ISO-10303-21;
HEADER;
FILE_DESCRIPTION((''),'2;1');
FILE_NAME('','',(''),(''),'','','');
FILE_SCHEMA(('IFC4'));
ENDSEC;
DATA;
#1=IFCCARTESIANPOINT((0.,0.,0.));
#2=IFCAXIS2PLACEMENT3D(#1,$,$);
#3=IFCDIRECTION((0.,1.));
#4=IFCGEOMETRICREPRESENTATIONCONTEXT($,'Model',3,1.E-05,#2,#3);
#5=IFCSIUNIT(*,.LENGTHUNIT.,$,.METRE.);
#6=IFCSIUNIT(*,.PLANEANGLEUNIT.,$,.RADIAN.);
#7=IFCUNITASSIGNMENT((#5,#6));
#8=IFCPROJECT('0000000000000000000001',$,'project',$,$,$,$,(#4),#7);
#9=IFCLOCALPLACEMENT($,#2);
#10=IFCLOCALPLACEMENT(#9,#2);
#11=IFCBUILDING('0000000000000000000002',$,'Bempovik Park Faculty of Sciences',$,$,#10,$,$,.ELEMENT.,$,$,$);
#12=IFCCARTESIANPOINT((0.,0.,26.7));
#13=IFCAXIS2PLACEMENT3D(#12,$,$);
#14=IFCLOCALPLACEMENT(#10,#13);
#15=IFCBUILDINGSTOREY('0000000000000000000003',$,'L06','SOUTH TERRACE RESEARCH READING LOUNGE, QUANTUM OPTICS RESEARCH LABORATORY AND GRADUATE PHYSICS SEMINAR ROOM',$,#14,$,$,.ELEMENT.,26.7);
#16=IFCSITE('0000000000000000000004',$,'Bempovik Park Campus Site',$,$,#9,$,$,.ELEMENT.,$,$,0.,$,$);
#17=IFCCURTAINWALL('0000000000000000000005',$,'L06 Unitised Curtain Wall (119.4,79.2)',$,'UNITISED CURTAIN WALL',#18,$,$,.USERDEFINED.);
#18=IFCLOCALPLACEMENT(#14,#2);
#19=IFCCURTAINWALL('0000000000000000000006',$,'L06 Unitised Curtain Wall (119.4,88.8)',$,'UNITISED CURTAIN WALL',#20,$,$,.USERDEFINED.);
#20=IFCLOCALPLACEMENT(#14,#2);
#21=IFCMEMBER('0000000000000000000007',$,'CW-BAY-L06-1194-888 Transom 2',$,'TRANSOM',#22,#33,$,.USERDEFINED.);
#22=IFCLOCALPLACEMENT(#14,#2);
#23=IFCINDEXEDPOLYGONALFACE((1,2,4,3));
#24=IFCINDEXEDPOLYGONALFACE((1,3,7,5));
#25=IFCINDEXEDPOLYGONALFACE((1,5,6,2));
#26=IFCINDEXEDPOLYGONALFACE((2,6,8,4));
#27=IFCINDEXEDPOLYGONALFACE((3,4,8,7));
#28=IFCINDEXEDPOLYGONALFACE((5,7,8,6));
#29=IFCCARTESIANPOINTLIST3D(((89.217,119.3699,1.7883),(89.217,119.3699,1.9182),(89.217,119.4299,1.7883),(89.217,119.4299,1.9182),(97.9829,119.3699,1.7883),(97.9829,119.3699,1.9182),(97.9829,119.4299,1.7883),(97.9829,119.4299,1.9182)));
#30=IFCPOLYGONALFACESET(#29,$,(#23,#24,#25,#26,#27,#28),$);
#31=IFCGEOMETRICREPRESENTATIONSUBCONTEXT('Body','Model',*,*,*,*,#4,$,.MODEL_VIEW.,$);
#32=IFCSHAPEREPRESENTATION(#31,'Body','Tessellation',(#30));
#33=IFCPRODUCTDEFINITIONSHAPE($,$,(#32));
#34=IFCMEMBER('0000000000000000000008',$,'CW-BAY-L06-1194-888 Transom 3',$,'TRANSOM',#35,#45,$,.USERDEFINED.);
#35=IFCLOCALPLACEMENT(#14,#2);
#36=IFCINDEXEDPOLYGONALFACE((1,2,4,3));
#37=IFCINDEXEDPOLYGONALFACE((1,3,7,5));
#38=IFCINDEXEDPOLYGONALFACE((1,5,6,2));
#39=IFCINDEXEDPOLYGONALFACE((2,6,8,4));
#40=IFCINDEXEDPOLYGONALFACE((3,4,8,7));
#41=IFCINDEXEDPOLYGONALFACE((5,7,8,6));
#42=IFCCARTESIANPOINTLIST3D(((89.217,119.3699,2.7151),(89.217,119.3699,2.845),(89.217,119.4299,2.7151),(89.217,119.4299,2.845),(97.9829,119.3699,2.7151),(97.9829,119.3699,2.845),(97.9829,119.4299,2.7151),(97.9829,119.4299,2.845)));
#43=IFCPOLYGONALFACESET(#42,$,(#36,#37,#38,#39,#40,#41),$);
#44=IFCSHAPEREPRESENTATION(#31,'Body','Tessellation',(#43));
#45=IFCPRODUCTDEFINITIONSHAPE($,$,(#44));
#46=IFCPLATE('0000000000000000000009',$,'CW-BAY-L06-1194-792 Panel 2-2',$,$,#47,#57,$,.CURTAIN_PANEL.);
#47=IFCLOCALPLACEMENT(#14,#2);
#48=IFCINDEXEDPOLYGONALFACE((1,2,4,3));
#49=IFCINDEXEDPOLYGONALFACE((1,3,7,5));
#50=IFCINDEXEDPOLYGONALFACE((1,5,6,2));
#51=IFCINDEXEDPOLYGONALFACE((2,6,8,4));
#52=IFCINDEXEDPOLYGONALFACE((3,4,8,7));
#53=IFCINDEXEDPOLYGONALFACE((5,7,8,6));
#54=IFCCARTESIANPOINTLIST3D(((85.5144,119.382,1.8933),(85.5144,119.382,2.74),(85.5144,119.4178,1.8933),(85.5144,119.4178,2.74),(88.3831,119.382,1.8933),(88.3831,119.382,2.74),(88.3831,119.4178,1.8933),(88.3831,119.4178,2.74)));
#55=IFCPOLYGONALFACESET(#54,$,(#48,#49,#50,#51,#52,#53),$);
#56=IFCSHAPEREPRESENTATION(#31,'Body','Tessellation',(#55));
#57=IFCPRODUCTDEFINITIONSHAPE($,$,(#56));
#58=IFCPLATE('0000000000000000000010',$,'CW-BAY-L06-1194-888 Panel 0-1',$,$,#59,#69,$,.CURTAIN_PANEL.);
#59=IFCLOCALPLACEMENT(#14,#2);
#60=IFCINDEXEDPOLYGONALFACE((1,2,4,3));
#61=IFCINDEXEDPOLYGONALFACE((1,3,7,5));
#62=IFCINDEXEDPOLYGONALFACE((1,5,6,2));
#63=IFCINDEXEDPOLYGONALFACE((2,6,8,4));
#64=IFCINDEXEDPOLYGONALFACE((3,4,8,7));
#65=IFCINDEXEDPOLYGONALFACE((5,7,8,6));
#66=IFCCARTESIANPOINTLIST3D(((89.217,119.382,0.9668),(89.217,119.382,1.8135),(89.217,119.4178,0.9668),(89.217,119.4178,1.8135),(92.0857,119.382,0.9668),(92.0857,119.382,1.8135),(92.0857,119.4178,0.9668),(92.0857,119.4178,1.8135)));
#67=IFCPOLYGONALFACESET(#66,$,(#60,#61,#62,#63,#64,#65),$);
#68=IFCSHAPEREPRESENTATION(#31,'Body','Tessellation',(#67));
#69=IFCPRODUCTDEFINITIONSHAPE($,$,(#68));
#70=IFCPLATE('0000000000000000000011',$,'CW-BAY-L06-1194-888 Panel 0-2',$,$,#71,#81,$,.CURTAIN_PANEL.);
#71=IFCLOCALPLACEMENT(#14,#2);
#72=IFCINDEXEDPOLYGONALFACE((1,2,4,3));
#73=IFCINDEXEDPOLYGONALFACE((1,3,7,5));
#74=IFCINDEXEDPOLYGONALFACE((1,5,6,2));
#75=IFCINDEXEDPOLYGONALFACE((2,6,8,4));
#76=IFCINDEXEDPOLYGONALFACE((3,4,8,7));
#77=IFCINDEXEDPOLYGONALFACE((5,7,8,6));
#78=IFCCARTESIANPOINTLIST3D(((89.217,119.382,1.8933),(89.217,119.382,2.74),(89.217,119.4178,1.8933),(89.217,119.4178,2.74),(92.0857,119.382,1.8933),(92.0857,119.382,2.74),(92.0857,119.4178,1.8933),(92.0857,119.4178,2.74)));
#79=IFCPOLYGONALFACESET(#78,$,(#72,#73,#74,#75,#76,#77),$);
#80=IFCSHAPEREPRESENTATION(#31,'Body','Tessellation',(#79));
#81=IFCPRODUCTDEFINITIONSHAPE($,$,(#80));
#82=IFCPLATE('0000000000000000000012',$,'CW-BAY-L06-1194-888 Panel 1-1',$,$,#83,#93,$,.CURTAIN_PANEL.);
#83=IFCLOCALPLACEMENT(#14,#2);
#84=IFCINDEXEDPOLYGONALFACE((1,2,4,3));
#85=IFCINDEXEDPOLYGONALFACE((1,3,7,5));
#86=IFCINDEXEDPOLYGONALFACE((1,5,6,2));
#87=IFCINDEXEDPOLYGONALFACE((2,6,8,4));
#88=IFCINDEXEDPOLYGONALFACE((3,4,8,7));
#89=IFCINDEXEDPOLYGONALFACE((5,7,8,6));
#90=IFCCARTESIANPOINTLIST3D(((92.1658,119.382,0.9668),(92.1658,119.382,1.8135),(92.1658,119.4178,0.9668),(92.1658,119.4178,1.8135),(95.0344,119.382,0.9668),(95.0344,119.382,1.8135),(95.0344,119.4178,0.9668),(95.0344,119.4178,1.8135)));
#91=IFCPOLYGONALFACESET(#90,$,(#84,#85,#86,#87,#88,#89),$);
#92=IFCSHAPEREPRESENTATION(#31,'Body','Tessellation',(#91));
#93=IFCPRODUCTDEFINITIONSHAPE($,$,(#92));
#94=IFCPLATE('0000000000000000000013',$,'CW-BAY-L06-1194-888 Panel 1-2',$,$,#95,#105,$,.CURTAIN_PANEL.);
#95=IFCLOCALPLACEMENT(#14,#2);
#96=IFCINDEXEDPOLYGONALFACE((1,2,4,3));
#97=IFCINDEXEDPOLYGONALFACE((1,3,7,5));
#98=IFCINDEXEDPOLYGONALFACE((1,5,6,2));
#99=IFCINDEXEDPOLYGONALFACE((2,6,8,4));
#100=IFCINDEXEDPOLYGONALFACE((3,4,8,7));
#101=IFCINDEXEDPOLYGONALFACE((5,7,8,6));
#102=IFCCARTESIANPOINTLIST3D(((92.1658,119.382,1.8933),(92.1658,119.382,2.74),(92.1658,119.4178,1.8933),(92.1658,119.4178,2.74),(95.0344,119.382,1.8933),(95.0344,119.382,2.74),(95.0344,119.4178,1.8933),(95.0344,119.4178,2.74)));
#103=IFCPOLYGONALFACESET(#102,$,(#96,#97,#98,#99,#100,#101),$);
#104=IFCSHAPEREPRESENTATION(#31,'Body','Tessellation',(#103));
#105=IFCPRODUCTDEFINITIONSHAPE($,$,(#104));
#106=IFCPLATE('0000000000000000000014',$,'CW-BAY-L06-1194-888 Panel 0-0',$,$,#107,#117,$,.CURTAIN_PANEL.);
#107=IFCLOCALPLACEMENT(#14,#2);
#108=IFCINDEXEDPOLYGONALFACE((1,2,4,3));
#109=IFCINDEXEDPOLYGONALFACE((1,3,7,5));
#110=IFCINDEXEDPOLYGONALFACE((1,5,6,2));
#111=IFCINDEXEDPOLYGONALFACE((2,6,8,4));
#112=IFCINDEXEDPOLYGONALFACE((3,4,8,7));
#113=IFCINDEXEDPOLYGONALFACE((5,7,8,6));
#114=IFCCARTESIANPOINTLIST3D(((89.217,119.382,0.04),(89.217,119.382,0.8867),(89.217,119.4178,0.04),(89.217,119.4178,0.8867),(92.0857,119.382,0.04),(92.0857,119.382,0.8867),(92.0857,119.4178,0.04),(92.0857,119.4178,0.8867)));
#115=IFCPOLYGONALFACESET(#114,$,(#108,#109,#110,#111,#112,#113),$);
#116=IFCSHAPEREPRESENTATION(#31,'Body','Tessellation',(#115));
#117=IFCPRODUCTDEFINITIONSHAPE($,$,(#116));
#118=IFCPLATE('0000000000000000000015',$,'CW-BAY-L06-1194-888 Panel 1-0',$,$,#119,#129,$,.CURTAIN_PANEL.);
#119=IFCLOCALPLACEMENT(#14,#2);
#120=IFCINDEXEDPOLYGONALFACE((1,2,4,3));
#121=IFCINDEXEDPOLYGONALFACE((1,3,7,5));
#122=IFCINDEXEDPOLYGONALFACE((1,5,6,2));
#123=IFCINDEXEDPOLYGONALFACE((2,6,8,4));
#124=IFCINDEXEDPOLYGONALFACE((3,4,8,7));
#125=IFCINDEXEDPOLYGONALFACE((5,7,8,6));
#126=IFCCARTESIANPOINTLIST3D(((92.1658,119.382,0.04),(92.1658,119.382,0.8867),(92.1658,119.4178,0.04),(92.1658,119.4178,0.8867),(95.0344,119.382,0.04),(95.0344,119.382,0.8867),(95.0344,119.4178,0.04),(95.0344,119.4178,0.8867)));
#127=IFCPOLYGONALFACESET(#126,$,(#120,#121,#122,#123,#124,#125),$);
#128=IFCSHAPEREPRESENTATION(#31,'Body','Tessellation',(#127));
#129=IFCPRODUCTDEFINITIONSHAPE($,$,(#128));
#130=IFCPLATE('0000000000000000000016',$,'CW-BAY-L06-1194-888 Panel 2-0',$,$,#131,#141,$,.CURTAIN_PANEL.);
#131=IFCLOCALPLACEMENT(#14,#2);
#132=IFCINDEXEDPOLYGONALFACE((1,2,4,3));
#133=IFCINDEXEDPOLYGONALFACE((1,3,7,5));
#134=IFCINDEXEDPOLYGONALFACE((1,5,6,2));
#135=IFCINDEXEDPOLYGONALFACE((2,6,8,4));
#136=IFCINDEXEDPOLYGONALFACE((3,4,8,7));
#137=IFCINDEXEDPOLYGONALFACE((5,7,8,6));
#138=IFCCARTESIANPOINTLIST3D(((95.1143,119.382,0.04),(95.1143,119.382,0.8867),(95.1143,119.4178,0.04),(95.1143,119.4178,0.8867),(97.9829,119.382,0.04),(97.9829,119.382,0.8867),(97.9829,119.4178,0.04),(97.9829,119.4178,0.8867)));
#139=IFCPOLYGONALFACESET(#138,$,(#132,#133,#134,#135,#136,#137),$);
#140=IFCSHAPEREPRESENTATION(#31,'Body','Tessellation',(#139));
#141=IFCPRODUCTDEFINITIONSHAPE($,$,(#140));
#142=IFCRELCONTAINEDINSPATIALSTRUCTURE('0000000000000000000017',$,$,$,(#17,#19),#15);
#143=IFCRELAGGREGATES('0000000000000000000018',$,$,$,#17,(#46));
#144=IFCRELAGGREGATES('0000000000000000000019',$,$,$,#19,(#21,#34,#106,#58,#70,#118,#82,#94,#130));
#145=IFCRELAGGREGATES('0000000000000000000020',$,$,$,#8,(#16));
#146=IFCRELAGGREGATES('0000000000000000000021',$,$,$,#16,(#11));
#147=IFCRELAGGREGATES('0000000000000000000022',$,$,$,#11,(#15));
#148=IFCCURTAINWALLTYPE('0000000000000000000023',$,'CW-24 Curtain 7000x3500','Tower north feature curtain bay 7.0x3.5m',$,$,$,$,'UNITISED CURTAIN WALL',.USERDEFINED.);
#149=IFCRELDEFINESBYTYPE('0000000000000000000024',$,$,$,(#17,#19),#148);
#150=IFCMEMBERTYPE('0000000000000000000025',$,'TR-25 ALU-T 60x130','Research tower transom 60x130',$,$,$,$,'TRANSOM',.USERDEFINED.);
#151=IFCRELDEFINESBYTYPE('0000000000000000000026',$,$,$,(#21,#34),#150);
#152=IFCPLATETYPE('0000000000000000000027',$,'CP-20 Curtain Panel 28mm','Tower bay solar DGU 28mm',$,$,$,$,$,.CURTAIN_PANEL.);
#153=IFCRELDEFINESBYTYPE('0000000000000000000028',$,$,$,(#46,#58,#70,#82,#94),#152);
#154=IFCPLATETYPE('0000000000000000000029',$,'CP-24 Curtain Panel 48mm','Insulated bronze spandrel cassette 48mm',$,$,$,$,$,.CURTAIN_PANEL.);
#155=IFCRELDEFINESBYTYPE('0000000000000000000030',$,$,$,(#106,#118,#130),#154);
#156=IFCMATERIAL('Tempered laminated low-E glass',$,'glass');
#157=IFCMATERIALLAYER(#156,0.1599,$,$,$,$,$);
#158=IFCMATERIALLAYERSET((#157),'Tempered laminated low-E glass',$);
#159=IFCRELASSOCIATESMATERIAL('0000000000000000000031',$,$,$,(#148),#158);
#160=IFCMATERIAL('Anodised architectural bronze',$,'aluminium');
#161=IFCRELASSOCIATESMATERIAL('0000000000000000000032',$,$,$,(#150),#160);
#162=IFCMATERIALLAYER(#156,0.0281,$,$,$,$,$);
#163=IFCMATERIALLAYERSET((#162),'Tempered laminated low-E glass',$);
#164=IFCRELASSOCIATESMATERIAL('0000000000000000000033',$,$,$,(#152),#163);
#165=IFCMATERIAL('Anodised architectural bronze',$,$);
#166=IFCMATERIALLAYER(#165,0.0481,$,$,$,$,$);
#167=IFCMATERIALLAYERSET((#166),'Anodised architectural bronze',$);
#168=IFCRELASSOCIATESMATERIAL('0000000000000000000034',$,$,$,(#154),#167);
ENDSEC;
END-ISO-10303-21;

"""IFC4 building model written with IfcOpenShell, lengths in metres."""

from ifc_helpers import new_model, si_unit, direction, frame, origin, origin_2d, place, context, subcontext, project, spatial, rectangle, extrude, material, layer, layer_set, material_profile, profile_set, type_object, element, aggregate, save


model = new_model("IFC4")

# Units and contexts
model_context = context("Model", 3, precision=1e-05, world=origin(), true_north=direction((0.0, 1.0)))
body_context = subcontext(model_context, "Body", "Model", "MODEL_VIEW")
ifc_project = project(units=[si_unit("LENGTHUNIT", "METRE"), si_unit("PLANEANGLEUNIT", "RADIAN")], contexts=[model_context])

# Site, building, storey
site_placement = place(None, origin())
site = spatial("IfcSite", under=ifc_project, at=site_placement, Name="Bempovik Park Campus Site", CompositionType="ELEMENT", RefElevation=0.0)
building_placement = place(site_placement, origin())
building = spatial("IfcBuilding", under=site, at=building_placement, Name="Bempovik Park Faculty of Sciences", CompositionType="ELEMENT")
storey_placement = place(building_placement, frame((0.0, 0.0, 26.7)))
storey = spatial("IfcBuildingStorey", under=building, at=storey_placement, Name="L06", Description="SOUTH TERRACE RESEARCH READING LOUNGE, QUANTUM OPTICS RESEARCH LABORATORY AND GRADUATE PHYSICS SEMINAR ROOM", CompositionType="ELEMENT", Elevation=26.7)

# Curtain wall
ifc_material_1 = material(Name="Tempered laminated low-E glass", Category="glass")
ifc_layer_1 = layer(ifc_material_1, 0.1599)
ifc_layer_set_1 = layer_set([ifc_layer_1], Name="Tempered laminated low-E glass")
curtain_wall_type = type_object("IfcCurtainWallType", Name="CW-24 Curtain 7000x3500", Description="Tower north feature curtain bay 7.0x3.5m", ElementType="UNITISED CURTAIN WALL", PredefinedType="USERDEFINED", material=ifc_layer_set_1)
curtain_wall_1_placement = place(storey_placement, origin())
curtain_wall_1 = element("IfcCurtainWall", 1, at=curtain_wall_1_placement, inside=storey, type_object=curtain_wall_type, Name="L06 Unitised Curtain Wall (119.4,79.2)", ObjectType="UNITISED CURTAIN WALL", PredefinedType="USERDEFINED")
ifc_material_2 = material(Name="Anodised architectural bronze", Category="aluminium")

# Curtain wall, members
curtain_wall_2_placement = place(storey_placement, origin())
curtain_wall_2 = element("IfcCurtainWall", 2, at=curtain_wall_2_placement, inside=storey, type_object=curtain_wall_type, Name="L06 Unitised Curtain Wall (119.4,88.8)", ObjectType="UNITISED CURTAIN WALL", PredefinedType="USERDEFINED")
ifc_material_profile_1 = material_profile(ifc_material_2, rectangle(XDim=0.0601, YDim=0.1299, at=origin_2d()), Name="ALU-T 60x130")
ifc_profile_set_1 = profile_set([ifc_material_profile_1], Name="Anodised architectural bronze")
member_type_1 = type_object("IfcMemberType", Name="TR-25 ALU-T 60x130", Description="Research tower transom 60x130", ElementType="TRANSOM", PredefinedType="USERDEFINED", material=ifc_profile_set_1)
member_1_placement = place(storey_placement, frame((89.217, 119.3999, 1.8533), z_axis=(1.0, 0.0, 0.0), x_axis=(0.0, 1.0, 0.0)))
member_1 = element("IfcMember", 3, at=member_1_placement, type_object=member_type_1, Name="CW-BAY-L06-1194-888 Transom 2", ObjectType="TRANSOM", PredefinedType="USERDEFINED", context=body_context, shape_type="SweptSolid", body=[
    extrude(rectangle(XDim=0.0601, YDim=0.1299, at=origin_2d()), origin(), (0.0, 0.0, 1.0), 8.7659),
])
member_2_placement = place(storey_placement, frame((89.217, 119.3999, 2.78), z_axis=(1.0, 0.0, 0.0), x_axis=(0.0, 1.0, 0.0)))
member_2 = element("IfcMember", 4, at=member_2_placement, type_object=member_type_1, Name="CW-BAY-L06-1194-888 Transom 3", ObjectType="TRANSOM", PredefinedType="USERDEFINED", context=body_context, shape_type="SweptSolid", body=[
    extrude(rectangle(XDim=0.0601, YDim=0.1299, at=origin_2d()), origin(), (0.0, 0.0, 1.0), 8.7659),
])

# Plates
ifc_layer_2 = layer(ifc_material_1, 0.0281)
ifc_layer_set_2 = layer_set([ifc_layer_2], Name="Tempered laminated low-E glass")
plate_type_1 = type_object("IfcPlateType", Name="CP-20 Curtain Panel 28mm", Description="Tower bay solar DGU 28mm", PredefinedType="CURTAIN_PANEL", material=ifc_layer_set_2)
plate_1_placement = place(storey_placement, frame((86.9487, 119.3999, 1.8933), z_axis=(0.0, 0.0, 1.0), x_axis=(1.0, 0.0, 0.0)))
plate_1 = element("IfcPlate", 5, at=plate_1_placement, type_object=plate_type_1, Name="CW-BAY-L06-1194-792 Panel 2-2", PredefinedType="CURTAIN_PANEL", context=body_context, shape_type="SweptSolid", body=[
    extrude(rectangle(XDim=2.8687, YDim=0.0359, at=origin_2d()), origin(), (0.0, 0.0, 1.0), 0.8467),
])
aggregate(curtain_wall_1, [plate_1])
plate_2_placement = place(storey_placement, frame((90.6514, 119.3999, 0.9668), z_axis=(0.0, 0.0, 1.0), x_axis=(1.0, 0.0, 0.0)))
plate_2 = element("IfcPlate", 6, at=plate_2_placement, type_object=plate_type_1, Name="CW-BAY-L06-1194-888 Panel 0-1", PredefinedType="CURTAIN_PANEL", context=body_context, shape_type="SweptSolid", body=[
    extrude(rectangle(XDim=2.8687, YDim=0.0359, at=origin_2d()), origin(), (0.0, 0.0, 1.0), 0.8467),
])
plate_3_placement = place(storey_placement, frame((90.6514, 119.3999, 1.8933), z_axis=(0.0, 0.0, 1.0), x_axis=(1.0, 0.0, 0.0)))
plate_3 = element("IfcPlate", 7, at=plate_3_placement, type_object=plate_type_1, Name="CW-BAY-L06-1194-888 Panel 0-2", PredefinedType="CURTAIN_PANEL", context=body_context, shape_type="SweptSolid", body=[
    extrude(rectangle(XDim=2.8687, YDim=0.0359, at=origin_2d()), origin(), (0.0, 0.0, 1.0), 0.8467),
])
plate_4_placement = place(storey_placement, frame((93.6001, 119.3999, 0.9668), z_axis=(0.0, 0.0, 1.0), x_axis=(1.0, 0.0, 0.0)))
plate_4 = element("IfcPlate", 8, at=plate_4_placement, type_object=plate_type_1, Name="CW-BAY-L06-1194-888 Panel 1-1", PredefinedType="CURTAIN_PANEL", context=body_context, shape_type="SweptSolid", body=[
    extrude(rectangle(XDim=2.8687, YDim=0.0359, at=origin_2d()), origin(), (0.0, 0.0, 1.0), 0.8467),
])
plate_5_placement = place(storey_placement, frame((93.6001, 119.3999, 1.8933), z_axis=(0.0, 0.0, 1.0), x_axis=(1.0, 0.0, 0.0)))
plate_5 = element("IfcPlate", 9, at=plate_5_placement, type_object=plate_type_1, Name="CW-BAY-L06-1194-888 Panel 1-2", PredefinedType="CURTAIN_PANEL", context=body_context, shape_type="SweptSolid", body=[
    extrude(rectangle(XDim=2.8687, YDim=0.0359, at=origin_2d()), origin(), (0.0, 0.0, 1.0), 0.8467),
])
ifc_material_3 = material(Name="Anodised architectural bronze")
ifc_layer_3 = layer(ifc_material_3, 0.0481)
ifc_layer_set_3 = layer_set([ifc_layer_3], Name="Anodised architectural bronze")
plate_type_2 = type_object("IfcPlateType", Name="CP-24 Curtain Panel 48mm", Description="Insulated bronze spandrel cassette 48mm", PredefinedType="CURTAIN_PANEL", material=ifc_layer_set_3)
plate_6_placement = place(storey_placement, frame((90.6514, 119.3999, 0.04), z_axis=(0.0, 0.0, 1.0), x_axis=(1.0, 0.0, 0.0)))
plate_6 = element("IfcPlate", 10, at=plate_6_placement, type_object=plate_type_2, Name="CW-BAY-L06-1194-888 Panel 0-0", PredefinedType="CURTAIN_PANEL", context=body_context, shape_type="SweptSolid", body=[
    extrude(rectangle(XDim=2.8687, YDim=0.0359, at=origin_2d()), origin(), (0.0, 0.0, 1.0), 0.8467),
])
plate_7_placement = place(storey_placement, frame((93.6001, 119.3999, 0.04), z_axis=(0.0, 0.0, 1.0), x_axis=(1.0, 0.0, 0.0)))
plate_7 = element("IfcPlate", 11, at=plate_7_placement, type_object=plate_type_2, Name="CW-BAY-L06-1194-888 Panel 1-0", PredefinedType="CURTAIN_PANEL", context=body_context, shape_type="SweptSolid", body=[
    extrude(rectangle(XDim=2.8687, YDim=0.0359, at=origin_2d()), origin(), (0.0, 0.0, 1.0), 0.8467),
])
plate_8_placement = place(storey_placement, frame((96.5486, 119.3999, 0.04), z_axis=(0.0, 0.0, 1.0), x_axis=(1.0, 0.0, 0.0)))
plate_8 = element("IfcPlate", 12, at=plate_8_placement, type_object=plate_type_2, Name="CW-BAY-L06-1194-888 Panel 2-0", PredefinedType="CURTAIN_PANEL", context=body_context, shape_type="SweptSolid", body=[
    extrude(rectangle(XDim=2.8687, YDim=0.0359, at=origin_2d()), origin(), (0.0, 0.0, 1.0), 0.8467),
])
aggregate(curtain_wall_2, [member_1, member_2, plate_6, plate_2, plate_3, plate_7, plate_4, plate_5, plate_8])

save(model, "model.ifc")
